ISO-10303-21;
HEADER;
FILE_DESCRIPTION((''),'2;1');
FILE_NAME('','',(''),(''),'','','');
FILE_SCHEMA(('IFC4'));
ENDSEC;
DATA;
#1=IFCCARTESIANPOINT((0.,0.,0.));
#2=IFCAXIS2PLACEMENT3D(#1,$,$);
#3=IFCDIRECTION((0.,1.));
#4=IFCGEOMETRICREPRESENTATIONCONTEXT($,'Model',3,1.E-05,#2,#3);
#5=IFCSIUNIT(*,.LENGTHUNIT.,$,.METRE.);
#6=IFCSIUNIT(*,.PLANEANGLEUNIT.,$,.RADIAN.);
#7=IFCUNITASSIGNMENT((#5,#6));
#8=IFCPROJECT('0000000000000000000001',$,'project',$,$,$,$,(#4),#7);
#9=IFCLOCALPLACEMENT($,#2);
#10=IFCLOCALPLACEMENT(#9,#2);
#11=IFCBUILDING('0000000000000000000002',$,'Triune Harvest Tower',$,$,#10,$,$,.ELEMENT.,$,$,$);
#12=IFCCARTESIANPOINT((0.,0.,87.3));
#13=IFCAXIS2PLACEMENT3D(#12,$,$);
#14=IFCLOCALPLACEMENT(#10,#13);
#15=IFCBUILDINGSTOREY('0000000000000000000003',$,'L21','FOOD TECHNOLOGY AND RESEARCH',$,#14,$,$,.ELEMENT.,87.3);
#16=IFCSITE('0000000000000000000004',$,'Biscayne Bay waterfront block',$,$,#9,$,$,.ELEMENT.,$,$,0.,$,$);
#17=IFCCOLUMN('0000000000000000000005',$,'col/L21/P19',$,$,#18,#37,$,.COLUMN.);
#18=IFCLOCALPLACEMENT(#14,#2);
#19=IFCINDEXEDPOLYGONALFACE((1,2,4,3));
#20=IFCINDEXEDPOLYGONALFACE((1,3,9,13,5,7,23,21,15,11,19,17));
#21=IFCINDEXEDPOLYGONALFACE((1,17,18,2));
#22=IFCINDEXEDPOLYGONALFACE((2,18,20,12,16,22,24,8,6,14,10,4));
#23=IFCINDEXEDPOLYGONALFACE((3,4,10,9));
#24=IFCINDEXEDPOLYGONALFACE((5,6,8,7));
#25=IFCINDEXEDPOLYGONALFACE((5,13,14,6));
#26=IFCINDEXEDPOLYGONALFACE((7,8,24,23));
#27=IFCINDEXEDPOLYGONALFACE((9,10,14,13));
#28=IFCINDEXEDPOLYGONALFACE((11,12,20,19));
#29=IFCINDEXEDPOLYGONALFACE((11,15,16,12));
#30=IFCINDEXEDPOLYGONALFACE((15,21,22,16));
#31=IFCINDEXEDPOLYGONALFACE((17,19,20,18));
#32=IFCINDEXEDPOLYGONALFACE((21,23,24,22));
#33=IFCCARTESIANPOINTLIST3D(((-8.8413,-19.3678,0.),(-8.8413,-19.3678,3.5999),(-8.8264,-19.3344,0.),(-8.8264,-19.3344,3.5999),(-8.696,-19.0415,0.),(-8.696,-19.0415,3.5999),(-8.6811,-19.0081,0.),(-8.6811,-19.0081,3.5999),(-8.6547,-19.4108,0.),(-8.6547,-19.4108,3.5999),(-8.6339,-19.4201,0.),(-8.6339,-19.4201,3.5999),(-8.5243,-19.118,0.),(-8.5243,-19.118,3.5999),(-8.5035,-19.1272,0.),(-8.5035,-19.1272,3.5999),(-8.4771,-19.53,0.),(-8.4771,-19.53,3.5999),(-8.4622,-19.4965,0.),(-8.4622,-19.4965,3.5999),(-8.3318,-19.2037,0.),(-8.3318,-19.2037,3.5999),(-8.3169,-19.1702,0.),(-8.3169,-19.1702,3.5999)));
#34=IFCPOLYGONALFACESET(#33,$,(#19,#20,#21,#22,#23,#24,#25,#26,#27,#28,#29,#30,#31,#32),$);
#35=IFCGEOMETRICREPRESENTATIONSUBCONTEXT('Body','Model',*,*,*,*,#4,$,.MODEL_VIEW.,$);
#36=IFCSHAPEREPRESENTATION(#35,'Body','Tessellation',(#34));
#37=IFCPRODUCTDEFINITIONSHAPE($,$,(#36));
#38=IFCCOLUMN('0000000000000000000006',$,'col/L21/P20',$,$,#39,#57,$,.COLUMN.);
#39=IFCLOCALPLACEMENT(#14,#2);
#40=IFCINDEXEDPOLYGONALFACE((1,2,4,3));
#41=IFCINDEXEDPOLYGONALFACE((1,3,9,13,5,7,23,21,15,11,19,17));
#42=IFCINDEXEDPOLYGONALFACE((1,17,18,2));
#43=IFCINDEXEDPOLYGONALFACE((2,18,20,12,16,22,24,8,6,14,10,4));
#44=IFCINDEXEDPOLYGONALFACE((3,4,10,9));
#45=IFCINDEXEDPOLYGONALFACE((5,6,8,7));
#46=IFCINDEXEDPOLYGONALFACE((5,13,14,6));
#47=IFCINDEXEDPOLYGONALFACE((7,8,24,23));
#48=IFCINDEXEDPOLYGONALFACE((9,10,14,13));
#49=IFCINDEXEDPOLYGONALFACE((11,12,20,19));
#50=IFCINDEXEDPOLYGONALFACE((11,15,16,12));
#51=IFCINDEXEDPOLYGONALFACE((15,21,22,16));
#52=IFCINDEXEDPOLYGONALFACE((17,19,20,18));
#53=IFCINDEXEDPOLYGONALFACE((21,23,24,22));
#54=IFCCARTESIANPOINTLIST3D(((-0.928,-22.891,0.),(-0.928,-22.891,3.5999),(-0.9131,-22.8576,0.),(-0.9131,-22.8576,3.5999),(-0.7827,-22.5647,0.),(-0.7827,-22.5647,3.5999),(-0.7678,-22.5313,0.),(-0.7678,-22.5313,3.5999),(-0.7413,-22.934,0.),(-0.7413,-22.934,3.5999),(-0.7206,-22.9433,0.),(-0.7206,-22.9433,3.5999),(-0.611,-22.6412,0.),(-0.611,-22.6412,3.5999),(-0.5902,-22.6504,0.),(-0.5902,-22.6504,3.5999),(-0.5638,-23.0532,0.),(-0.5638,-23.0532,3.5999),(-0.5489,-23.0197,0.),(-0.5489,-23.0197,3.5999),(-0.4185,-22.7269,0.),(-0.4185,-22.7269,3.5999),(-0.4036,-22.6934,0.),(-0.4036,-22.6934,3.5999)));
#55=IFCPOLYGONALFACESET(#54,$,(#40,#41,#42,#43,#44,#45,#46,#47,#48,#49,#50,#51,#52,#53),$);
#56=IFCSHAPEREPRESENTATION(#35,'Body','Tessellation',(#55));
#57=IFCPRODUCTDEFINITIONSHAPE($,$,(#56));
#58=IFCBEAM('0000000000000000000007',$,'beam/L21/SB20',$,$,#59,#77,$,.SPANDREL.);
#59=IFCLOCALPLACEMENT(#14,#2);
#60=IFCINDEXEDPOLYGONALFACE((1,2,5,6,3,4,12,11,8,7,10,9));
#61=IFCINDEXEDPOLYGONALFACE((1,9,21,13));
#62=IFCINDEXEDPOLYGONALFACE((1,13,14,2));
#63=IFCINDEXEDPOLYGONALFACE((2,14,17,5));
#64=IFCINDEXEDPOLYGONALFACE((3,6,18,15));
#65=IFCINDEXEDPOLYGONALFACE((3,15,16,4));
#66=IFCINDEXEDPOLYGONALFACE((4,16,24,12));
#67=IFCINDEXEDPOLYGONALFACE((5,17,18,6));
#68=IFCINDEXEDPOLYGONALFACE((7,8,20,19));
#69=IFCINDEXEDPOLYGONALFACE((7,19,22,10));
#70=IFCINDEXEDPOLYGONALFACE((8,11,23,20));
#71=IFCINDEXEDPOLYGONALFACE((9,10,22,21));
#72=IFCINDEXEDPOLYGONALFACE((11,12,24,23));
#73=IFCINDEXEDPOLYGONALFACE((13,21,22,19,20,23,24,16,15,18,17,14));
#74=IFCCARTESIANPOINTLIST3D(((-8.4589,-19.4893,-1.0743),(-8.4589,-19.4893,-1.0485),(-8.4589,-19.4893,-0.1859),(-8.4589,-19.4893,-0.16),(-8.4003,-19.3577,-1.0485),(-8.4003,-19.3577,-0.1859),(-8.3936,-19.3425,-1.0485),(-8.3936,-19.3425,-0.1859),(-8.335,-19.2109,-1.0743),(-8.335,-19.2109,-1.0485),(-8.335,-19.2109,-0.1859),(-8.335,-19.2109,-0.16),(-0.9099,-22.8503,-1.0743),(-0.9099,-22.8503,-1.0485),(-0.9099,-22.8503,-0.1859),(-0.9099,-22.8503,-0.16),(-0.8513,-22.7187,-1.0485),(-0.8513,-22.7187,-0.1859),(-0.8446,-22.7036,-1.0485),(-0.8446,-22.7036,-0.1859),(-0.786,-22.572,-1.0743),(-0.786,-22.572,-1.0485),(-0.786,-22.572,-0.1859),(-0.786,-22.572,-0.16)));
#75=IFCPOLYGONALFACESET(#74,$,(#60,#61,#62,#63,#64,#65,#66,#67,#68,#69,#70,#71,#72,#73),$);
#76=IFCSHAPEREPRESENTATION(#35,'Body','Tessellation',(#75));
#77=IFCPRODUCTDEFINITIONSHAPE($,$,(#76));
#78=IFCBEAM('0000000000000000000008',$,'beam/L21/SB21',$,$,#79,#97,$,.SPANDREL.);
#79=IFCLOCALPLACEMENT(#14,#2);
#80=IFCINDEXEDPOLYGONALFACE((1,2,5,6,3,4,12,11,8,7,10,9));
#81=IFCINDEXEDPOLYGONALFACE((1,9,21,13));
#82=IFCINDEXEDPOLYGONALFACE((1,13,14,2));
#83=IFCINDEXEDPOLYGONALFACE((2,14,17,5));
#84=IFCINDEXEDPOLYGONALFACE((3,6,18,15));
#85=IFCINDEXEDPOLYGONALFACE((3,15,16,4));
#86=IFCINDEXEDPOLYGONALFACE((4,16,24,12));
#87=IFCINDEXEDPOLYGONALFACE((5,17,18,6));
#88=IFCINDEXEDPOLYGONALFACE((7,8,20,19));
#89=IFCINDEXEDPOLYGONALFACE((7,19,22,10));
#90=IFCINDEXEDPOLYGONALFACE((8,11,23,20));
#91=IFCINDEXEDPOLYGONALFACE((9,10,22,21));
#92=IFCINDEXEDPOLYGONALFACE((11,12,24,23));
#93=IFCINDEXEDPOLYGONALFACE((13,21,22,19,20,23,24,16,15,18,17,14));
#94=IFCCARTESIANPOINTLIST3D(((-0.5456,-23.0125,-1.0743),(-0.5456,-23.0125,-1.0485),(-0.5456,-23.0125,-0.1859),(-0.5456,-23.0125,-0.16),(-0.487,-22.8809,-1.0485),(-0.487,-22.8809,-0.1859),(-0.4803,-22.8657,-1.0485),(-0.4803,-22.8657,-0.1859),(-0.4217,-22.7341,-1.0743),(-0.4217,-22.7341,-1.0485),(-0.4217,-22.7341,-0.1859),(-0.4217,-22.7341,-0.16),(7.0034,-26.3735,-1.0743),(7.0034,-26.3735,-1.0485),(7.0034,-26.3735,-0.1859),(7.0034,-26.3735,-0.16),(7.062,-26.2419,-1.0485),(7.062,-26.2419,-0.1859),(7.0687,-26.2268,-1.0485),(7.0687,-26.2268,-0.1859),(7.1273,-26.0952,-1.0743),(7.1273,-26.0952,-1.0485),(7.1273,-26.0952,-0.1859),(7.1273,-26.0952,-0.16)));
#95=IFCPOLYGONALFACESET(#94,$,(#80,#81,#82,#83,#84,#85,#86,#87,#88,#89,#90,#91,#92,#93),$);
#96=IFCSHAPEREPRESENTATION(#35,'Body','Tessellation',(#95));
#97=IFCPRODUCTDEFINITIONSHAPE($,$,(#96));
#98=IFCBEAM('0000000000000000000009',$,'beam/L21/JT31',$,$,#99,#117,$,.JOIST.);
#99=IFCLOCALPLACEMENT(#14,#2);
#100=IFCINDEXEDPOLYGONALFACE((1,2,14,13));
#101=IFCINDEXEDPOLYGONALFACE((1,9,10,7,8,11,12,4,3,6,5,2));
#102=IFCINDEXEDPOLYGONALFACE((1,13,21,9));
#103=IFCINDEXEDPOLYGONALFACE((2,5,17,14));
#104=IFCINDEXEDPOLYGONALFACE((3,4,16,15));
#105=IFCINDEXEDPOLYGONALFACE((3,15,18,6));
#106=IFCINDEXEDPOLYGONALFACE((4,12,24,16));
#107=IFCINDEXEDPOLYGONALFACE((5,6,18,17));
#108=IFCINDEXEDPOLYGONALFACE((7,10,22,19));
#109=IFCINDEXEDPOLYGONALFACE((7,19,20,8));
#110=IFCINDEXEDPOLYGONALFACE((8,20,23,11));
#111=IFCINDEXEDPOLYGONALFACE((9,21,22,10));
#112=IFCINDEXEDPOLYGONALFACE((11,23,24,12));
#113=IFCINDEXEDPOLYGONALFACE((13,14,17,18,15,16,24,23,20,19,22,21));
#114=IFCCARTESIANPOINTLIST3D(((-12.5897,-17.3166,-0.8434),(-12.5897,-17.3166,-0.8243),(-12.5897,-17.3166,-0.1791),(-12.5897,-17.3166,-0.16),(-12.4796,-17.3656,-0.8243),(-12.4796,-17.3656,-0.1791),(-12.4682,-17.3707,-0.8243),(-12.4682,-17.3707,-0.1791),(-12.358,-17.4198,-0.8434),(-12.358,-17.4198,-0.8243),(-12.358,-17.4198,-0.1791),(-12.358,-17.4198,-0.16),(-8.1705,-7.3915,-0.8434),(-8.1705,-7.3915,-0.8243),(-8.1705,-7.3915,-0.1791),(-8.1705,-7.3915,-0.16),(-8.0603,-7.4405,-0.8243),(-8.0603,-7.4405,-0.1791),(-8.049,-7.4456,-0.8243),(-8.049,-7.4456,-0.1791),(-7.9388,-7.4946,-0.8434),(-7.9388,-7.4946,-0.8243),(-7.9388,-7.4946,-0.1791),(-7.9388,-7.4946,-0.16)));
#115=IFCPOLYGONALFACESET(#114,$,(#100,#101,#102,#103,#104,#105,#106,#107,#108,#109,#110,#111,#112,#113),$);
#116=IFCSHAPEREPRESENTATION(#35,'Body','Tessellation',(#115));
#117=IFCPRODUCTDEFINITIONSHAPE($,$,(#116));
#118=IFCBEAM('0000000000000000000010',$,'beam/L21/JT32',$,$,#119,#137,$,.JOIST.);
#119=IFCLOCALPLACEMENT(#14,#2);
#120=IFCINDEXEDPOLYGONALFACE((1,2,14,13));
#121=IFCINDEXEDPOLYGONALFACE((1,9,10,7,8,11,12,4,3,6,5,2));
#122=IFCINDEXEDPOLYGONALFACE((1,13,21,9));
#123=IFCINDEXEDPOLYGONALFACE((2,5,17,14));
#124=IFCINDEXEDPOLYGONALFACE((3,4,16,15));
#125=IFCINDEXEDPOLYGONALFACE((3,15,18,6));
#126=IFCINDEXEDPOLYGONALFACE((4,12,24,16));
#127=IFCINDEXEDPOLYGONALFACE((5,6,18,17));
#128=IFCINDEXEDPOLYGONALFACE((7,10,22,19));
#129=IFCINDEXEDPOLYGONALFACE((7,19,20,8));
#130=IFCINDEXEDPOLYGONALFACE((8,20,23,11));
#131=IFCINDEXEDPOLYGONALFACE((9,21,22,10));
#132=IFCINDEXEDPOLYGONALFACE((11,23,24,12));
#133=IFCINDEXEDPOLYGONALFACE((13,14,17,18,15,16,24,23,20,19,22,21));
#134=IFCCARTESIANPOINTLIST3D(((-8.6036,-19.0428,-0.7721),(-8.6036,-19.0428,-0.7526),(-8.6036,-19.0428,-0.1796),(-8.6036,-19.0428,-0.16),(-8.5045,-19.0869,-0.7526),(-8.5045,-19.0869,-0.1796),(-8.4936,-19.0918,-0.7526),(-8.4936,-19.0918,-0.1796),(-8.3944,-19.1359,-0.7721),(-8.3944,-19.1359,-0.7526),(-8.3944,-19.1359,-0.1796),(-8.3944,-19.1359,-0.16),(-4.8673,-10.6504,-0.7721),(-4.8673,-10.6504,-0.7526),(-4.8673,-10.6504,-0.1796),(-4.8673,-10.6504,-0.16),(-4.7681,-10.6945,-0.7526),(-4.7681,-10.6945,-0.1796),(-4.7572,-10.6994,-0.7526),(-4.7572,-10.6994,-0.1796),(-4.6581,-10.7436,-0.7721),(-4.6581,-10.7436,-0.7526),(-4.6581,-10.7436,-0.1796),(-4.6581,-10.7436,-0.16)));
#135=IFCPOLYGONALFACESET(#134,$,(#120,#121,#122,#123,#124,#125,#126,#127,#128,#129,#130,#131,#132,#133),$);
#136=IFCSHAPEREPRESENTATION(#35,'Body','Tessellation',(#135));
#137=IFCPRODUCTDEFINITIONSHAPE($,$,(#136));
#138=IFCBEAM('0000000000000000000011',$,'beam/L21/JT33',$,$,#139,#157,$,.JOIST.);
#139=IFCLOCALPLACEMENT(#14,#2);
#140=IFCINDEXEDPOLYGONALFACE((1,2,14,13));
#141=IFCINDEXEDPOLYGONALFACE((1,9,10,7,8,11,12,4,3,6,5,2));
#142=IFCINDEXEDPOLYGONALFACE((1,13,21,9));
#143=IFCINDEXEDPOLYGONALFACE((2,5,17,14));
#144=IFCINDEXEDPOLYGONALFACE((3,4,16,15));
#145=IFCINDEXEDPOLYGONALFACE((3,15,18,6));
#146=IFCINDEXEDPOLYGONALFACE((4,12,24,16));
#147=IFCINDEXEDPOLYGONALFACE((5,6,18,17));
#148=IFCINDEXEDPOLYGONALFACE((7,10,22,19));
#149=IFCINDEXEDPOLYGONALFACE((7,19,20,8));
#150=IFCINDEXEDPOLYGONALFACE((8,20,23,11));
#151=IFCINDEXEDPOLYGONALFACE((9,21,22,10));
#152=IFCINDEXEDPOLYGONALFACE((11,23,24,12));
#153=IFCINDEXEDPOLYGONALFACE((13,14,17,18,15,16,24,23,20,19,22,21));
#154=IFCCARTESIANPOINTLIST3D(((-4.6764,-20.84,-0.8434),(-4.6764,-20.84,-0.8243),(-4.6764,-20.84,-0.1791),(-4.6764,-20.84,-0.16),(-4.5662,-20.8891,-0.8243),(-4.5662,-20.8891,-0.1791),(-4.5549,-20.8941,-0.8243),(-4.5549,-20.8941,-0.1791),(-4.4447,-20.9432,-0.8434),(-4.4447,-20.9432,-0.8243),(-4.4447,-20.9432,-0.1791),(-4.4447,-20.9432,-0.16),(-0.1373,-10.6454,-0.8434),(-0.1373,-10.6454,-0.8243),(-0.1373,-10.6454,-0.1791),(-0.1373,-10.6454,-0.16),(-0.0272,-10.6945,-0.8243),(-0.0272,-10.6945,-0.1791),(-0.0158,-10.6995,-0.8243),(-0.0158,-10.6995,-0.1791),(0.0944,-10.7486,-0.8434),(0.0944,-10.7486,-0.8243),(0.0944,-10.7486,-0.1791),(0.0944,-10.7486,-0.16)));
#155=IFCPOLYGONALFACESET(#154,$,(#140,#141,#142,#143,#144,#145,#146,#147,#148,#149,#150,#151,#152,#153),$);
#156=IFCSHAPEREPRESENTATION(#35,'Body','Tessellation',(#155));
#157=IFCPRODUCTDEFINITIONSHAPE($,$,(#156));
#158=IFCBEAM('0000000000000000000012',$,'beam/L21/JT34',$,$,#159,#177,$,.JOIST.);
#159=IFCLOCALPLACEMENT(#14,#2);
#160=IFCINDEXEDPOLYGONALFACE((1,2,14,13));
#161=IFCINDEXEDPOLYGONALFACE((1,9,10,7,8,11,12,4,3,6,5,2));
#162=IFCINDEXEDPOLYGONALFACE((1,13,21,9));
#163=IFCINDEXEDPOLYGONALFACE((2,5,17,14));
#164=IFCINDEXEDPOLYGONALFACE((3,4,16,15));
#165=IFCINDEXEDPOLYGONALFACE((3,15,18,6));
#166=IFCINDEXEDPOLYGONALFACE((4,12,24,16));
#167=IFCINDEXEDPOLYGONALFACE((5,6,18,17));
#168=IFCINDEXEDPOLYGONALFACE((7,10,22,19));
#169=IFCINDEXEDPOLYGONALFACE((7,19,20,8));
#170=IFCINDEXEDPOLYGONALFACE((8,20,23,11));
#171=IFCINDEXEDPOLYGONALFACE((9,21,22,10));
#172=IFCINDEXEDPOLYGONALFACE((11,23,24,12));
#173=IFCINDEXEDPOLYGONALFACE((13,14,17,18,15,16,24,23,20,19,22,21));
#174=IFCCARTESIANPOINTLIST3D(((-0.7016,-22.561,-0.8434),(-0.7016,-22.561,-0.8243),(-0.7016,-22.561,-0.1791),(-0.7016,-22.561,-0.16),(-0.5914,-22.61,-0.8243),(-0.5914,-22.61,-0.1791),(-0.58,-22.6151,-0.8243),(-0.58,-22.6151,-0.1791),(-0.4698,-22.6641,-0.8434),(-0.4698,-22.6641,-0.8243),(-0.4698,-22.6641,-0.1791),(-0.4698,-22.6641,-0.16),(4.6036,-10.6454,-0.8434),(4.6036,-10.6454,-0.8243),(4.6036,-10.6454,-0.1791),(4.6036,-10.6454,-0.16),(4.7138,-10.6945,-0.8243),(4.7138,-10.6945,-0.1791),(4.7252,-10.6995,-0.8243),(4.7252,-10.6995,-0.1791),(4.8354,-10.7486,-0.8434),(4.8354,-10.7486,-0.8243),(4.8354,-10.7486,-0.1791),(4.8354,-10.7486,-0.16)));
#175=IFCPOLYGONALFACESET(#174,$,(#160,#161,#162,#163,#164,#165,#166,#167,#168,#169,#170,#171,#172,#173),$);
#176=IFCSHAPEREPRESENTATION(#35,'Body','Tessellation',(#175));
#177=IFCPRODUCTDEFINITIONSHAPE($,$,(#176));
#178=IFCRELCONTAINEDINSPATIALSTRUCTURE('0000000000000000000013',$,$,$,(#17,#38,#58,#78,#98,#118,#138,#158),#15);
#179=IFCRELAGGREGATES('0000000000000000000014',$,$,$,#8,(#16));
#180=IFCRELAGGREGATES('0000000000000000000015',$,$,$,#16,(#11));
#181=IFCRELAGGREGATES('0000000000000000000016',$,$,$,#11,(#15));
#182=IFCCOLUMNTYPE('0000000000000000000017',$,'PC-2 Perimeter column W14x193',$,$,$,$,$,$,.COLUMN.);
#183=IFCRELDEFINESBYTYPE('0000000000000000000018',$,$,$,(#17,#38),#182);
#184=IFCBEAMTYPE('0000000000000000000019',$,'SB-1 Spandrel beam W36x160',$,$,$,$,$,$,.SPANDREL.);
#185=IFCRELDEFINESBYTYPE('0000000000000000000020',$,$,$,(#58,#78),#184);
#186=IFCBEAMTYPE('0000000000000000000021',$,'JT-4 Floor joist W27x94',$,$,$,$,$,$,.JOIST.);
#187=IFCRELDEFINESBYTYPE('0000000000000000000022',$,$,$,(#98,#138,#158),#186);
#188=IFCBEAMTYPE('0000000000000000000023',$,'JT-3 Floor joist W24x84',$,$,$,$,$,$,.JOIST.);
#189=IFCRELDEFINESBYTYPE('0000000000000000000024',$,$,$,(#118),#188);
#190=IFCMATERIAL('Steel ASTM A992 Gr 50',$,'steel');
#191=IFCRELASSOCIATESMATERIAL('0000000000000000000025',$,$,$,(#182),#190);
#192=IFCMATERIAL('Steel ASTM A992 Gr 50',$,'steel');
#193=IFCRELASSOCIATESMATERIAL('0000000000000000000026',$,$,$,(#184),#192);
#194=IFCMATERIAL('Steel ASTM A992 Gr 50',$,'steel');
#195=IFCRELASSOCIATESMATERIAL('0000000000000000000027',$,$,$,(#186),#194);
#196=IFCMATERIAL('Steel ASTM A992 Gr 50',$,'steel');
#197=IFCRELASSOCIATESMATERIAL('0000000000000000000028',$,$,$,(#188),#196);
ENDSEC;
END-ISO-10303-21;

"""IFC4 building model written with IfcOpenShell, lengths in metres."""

from ifc_helpers import new_model, si_unit, direction, frame, origin, origin_2d, place, context, subcontext, project, spatial, i_section, extrude, source, transform, mapped, material, material_profile, profile_set, type_object, element, save


model = new_model("IFC4")

# Units and contexts
model_context = context("Model", 3, precision=1e-05, world=origin(), true_north=direction((0.0, 1.0)))
body_context = subcontext(model_context, "Body", "Model", "MODEL_VIEW")
ifc_project = project(units=[si_unit("LENGTHUNIT", "METRE"), si_unit("PLANEANGLEUNIT", "RADIAN")], contexts=[model_context])

# Site, building, storey
site_placement = place(None, origin())
site = spatial("IfcSite", under=ifc_project, at=site_placement, Name="Biscayne Bay waterfront block", CompositionType="ELEMENT", RefElevation=0.0)
building_placement = place(site_placement, origin())
building = spatial("IfcBuilding", under=site, at=building_placement, Name="Triune Harvest Tower", CompositionType="ELEMENT")
storey_placement = place(building_placement, frame((0.0, 0.0, 87.3)))
storey = spatial("IfcBuildingStorey", under=building, at=storey_placement, Name="L21", Description="FOOD TECHNOLOGY AND RESEARCH", CompositionType="ELEMENT", Elevation=87.3)

# Columns
ifc_material_1 = material(Name="Steel ASTM A992 Gr 50", Category="steel")
ifc_material_profile_1 = material_profile(ifc_material_1, i_section(OverallWidth=0.3987, OverallDepth=0.3938, WebThickness=0.0227, FlangeThickness=0.0366, at=origin_2d()), Name="W14x193")
ifc_profile_set_1 = profile_set([ifc_material_profile_1], Name="Steel ASTM A992 Gr 50")
column_type = type_object("IfcColumnType", Name="PC-2 Perimeter column W14x193", PredefinedType="COLUMN", material=ifc_profile_set_1)
shared_shape_1 = source(origin(), body_context, "Body", "SweptSolid", [
    extrude(i_section(OverallWidth=0.3987, OverallDepth=0.3938, WebThickness=0.0227, FlangeThickness=0.0366, at=origin_2d()), origin(), (0.0, 0.0, 1.0), 3.5999),
])
for number, where, z_axis, x_axis, name in (
    (1, (-8.5791, -19.269, 0.0), (0.0, 0.0, 1.0), (0.913545, -0.406737, 0.0), "col/L21/P19"),
    (2, (-0.6658, -22.7922, 0.0), (0.0, 0.0, 1.0), (0.913545, -0.406737, 0.0), "col/L21/P20"),
):
    element("IfcColumn", number, at=place(storey_placement, frame(where, z_axis=z_axis, x_axis=x_axis)), inside=storey, type_object=column_type, Name=name, PredefinedType="COLUMN", context=body_context, shape_type="MappedRepresentation", body=[
        mapped(shared_shape_1, transform((0.0, 0.0, 0.0), scale=1.0)),
    ])

# Beams
ifc_material_2 = material(Name="Steel ASTM A992 Gr 50", Category="steel")
ifc_material_profile_2 = material_profile(ifc_material_2, i_section(OverallWidth=0.3047, OverallDepth=0.9143, WebThickness=0.0166, FlangeThickness=0.0259, at=origin_2d()), Name="W36x160")
ifc_profile_set_2 = profile_set([ifc_material_profile_2], Name="Steel ASTM A992 Gr 50")
beam_type_1 = type_object("IfcBeamType", Name="SB-1 Spandrel beam W36x160", PredefinedType="SPANDREL", material=ifc_profile_set_2)
shared_shape_2 = source(origin(), body_context, "Body", "SweptSolid", [
    extrude(i_section(OverallWidth=0.3047, OverallDepth=0.9143, WebThickness=0.0166, FlangeThickness=0.0259, at=origin_2d()), origin(), (0.0, 0.0, 1.0), 8.2634),
])
for number, where, z_axis, x_axis, name in (
    (3, (-8.397, -19.3501, -0.6172), (0.913545, -0.406739, 0.0), (0.406739, 0.913545, 0.0), "beam/L21/SB20"),
    (4, (-0.4836, -22.8733, -0.6172), (0.913545, -0.406739, 0.0), (0.406739, 0.913545, 0.0), "beam/L21/SB21"),
):
    element("IfcBeam", number, at=place(storey_placement, frame(where, z_axis=z_axis, x_axis=x_axis)), inside=storey, type_object=beam_type_1, Name=name, PredefinedType="SPANDREL", context=body_context, shape_type="MappedRepresentation", body=[
        mapped(shared_shape_2, transform((0.0, 0.0, 0.0), scale=1.0)),
    ])
ifc_material_3 = material(Name="Steel ASTM A992 Gr 50", Category="steel")
ifc_material_profile_3 = material_profile(ifc_material_3, i_section(OverallWidth=0.2537, OverallDepth=0.6833, WebThickness=0.0125, FlangeThickness=0.019, at=origin_2d()), Name="W27x94")
ifc_profile_set_3 = profile_set([ifc_material_profile_3], Name="Steel ASTM A992 Gr 50")
beam_type_2 = type_object("IfcBeamType", Name="JT-4 Floor joist W27x94", PredefinedType="JOIST", material=ifc_profile_set_3)
shared_shape_3 = source(origin(), body_context, "Body", "SweptSolid", [
    extrude(i_section(OverallWidth=0.2537, OverallDepth=0.6833, WebThickness=0.0125, FlangeThickness=0.019, at=origin_2d()), origin(), (0.0, 0.0, 1.0), 10.8645),
])
beam_1_placement = place(storey_placement, frame((-12.4739, -17.3682, -0.5017), z_axis=(0.406758, 0.913536, 0.0), x_axis=(-0.913536, 0.406758, 0.0)))
element("IfcBeam", 5, at=beam_1_placement, inside=storey, type_object=beam_type_2, Name="beam/L21/JT31", PredefinedType="JOIST", context=body_context, shape_type="MappedRepresentation", body=[
    mapped(shared_shape_3, transform((0.0, 0.0, 0.0), scale=1.0)),
])
ifc_material_4 = material(Name="Steel ASTM A992 Gr 50", Category="steel")
ifc_material_profile_4 = material_profile(ifc_material_4, i_section(OverallWidth=0.229, OverallDepth=0.6121, WebThickness=0.012, FlangeThickness=0.0195, at=origin_2d()), Name="W24x84")
ifc_profile_set_4 = profile_set([ifc_material_profile_4], Name="Steel ASTM A992 Gr 50")
beam_type_3 = type_object("IfcBeamType", Name="JT-3 Floor joist W24x84", PredefinedType="JOIST", material=ifc_profile_set_4)
shared_shape_4 = source(origin(), body_context, "Body", "SweptSolid", [
    extrude(i_section(OverallWidth=0.229, OverallDepth=0.6121, WebThickness=0.012, FlangeThickness=0.0195, at=origin_2d()), origin(), (0.0, 0.0, 1.0), 9.1865),
])
beam_2_placement = place(storey_placement, frame((-8.499, -19.0894, -0.4661), z_axis=(0.40672, 0.913553, 0.0), x_axis=(-0.913553, 0.40672, 0.0)))
element("IfcBeam", 6, at=beam_2_placement, inside=storey, type_object=beam_type_3, Name="beam/L21/JT32", PredefinedType="JOIST", context=body_context, shape_type="MappedRepresentation", body=[
    mapped(shared_shape_4, transform((0.0, 0.0, 0.0), scale=1.0)),
])
shared_shape_5 = source(origin(), body_context, "Body", "SweptSolid", [
    extrude(i_section(OverallWidth=0.2537, OverallDepth=0.6833, WebThickness=0.0125, FlangeThickness=0.019, at=origin_2d()), origin(), (0.0, 0.0, 1.0), 11.1594),
])
beam_3_placement = place(storey_placement, frame((-4.5605, -20.8916, -0.5017), z_axis=(0.406747, 0.913541, 0.0), x_axis=(-0.913541, 0.406747, 0.0)))
element("IfcBeam", 7, at=beam_3_placement, inside=storey, type_object=beam_type_2, Name="beam/L21/JT33", PredefinedType="JOIST", context=body_context, shape_type="MappedRepresentation", body=[
    mapped(shared_shape_5, transform((0.0, 0.0, 0.0), scale=1.0)),
])
shared_shape_6 = source(origin(), body_context, "Body", "SweptSolid", [
    extrude(i_section(OverallWidth=0.2537, OverallDepth=0.6833, WebThickness=0.0125, FlangeThickness=0.019, at=origin_2d()), origin(), (0.0, 0.0, 1.0), 13.0432),
])
beam_4_placement = place(storey_placement, frame((-0.5857, -22.6125, -0.5017), z_axis=(0.406739, 0.913544, 0.0), x_axis=(-0.913544, 0.406739, 0.0)))
element("IfcBeam", 8, at=beam_4_placement, inside=storey, type_object=beam_type_2, Name="beam/L21/JT34", PredefinedType="JOIST", context=body_context, shape_type="MappedRepresentation", body=[
    mapped(shared_shape_6, transform((0.0, 0.0, 0.0), scale=1.0)),
])

save(model, "model.ifc")
